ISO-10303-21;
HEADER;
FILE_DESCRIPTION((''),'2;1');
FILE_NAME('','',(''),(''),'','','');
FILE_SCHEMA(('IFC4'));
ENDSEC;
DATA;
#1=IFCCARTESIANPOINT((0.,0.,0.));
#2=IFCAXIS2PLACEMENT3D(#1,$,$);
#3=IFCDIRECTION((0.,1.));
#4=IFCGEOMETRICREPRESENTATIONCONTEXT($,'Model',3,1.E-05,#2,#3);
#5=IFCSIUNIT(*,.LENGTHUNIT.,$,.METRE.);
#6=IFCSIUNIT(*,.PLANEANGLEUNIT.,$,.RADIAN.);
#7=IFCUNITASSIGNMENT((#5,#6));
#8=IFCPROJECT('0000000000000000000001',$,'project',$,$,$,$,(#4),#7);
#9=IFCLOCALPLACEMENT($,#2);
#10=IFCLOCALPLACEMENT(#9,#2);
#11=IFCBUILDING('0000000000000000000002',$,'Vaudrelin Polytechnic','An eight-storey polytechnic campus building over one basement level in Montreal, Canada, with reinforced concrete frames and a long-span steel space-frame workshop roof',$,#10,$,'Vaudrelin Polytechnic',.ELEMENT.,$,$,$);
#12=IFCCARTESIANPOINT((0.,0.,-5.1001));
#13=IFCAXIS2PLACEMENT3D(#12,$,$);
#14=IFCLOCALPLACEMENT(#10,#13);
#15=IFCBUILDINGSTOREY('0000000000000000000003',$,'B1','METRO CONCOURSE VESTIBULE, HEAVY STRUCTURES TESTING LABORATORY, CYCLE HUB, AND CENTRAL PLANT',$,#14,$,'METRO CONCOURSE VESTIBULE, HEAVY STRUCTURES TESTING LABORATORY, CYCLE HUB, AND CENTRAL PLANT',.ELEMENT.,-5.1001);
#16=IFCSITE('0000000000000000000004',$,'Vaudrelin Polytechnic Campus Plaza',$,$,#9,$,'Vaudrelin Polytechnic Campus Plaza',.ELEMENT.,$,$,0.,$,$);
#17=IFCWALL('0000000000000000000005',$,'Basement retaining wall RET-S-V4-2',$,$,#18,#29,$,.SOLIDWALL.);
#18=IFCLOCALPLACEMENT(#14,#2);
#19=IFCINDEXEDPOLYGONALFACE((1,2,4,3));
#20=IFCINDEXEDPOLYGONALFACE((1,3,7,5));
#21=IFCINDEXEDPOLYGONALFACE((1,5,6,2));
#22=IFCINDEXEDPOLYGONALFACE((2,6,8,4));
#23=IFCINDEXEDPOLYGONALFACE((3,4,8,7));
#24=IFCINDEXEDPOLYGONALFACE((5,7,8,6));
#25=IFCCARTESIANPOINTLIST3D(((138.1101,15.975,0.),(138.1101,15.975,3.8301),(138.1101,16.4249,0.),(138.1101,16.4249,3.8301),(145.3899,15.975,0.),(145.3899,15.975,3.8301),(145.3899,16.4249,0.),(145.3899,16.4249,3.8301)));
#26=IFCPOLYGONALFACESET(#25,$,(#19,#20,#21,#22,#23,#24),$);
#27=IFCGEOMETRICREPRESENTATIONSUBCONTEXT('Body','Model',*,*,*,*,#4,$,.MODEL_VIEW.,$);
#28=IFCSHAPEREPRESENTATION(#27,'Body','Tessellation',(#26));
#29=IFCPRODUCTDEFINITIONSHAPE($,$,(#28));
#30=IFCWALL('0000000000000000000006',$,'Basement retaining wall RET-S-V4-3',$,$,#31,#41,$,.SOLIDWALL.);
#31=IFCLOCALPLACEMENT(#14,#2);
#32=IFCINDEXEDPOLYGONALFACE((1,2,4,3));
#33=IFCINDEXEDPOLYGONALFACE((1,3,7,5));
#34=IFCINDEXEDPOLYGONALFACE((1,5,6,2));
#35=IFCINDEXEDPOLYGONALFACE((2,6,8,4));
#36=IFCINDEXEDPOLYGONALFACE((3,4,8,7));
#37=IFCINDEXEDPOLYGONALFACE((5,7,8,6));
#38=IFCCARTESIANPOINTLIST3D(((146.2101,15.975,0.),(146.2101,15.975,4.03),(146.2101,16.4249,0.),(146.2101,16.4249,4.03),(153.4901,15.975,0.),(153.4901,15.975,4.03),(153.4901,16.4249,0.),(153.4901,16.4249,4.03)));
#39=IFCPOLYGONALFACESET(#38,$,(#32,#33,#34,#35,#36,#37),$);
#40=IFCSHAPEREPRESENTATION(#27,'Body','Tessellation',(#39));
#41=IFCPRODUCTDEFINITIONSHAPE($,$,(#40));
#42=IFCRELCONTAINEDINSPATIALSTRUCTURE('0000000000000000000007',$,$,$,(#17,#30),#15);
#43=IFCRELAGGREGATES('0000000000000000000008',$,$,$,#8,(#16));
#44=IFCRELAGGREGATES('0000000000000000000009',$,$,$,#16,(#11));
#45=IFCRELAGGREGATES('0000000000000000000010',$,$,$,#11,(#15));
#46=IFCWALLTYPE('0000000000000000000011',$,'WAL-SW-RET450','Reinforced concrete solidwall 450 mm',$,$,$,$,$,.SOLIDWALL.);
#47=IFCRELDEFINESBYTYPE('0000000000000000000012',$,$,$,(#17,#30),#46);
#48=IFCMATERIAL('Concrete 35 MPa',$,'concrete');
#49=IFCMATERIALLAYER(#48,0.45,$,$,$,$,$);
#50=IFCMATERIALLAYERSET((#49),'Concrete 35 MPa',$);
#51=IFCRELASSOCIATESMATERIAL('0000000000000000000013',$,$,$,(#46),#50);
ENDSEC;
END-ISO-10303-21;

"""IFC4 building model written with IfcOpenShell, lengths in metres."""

from ifc_helpers import new_model, si_unit, direction, frame, frame_2d, origin, place, context, subcontext, project, spatial, rectangle, extrude, material, layer, layer_set, type_object, element, save


model = new_model("IFC4")

# Units and contexts
model_context = context("Model", 3, precision=1e-05, world=origin(), true_north=direction((0.0, 1.0)))
body_context = subcontext(model_context, "Body", "Model", "MODEL_VIEW")
ifc_project = project(units=[si_unit("LENGTHUNIT", "METRE"), si_unit("PLANEANGLEUNIT", "RADIAN")], contexts=[model_context])

# Site, building, storey
site_placement = place(None, origin())
site = spatial("IfcSite", under=ifc_project, at=site_placement, Name="Vaudrelin Polytechnic Campus Plaza", LongName="Vaudrelin Polytechnic Campus Plaza", CompositionType="ELEMENT", RefElevation=0.0)
building_placement = place(site_placement, origin())
building = spatial("IfcBuilding", under=site, at=building_placement, Name="Vaudrelin Polytechnic", Description="An eight-storey polytechnic campus building over one basement level in Montreal, Canada, with reinforced concrete frames and a long-span steel space-frame workshop roof", LongName="Vaudrelin Polytechnic", CompositionType="ELEMENT")
storey_placement = place(building_placement, frame((0.0, 0.0, -5.1001)))
storey = spatial("IfcBuildingStorey", under=building, at=storey_placement, Name="B1", Description="METRO CONCOURSE VESTIBULE, HEAVY STRUCTURES TESTING LABORATORY, CYCLE HUB, AND CENTRAL PLANT", LongName="METRO CONCOURSE VESTIBULE, HEAVY STRUCTURES TESTING LABORATORY, CYCLE HUB, AND CENTRAL PLANT", CompositionType="ELEMENT", Elevation=-5.1001)

# Walls
ifc_material_1 = material(Name="Concrete 35 MPa", Category="concrete")
ifc_layer = layer(ifc_material_1, 0.45)
ifc_layer_set = layer_set([ifc_layer], Name="Concrete 35 MPa")
wall_type = type_object("IfcWallType", Name="WAL-SW-RET450", Description="Reinforced concrete solidwall 450 mm", PredefinedType="SOLIDWALL", material=ifc_layer_set)
wall_1_placement = place(storey_placement, frame((138.1101, 16.2, 0.0), z_axis=(0.0, 0.0, 1.0), x_axis=(1.0, 0.0, 0.0)))
element("IfcWall", 1, at=wall_1_placement, inside=storey, type_object=wall_type, Name="Basement retaining wall RET-S-V4-2", PredefinedType="SOLIDWALL", context=body_context, shape_type="SweptSolid", body=[
    extrude(rectangle(XDim=7.2798, YDim=0.45, at=frame_2d((3.6399, 0.0))), origin(), (0.0, 0.0, 1.0), 3.8301),
])
wall_2_placement = place(storey_placement, frame((146.21, 16.2, 0.0), z_axis=(0.0, 0.0, 1.0), x_axis=(1.0, 0.0, 0.0)))
element("IfcWall", 2, at=wall_2_placement, inside=storey, type_object=wall_type, Name="Basement retaining wall RET-S-V4-3", PredefinedType="SOLIDWALL", context=body_context, shape_type="SweptSolid", body=[
    extrude(rectangle(XDim=7.28, YDim=0.45, at=frame_2d((3.6401, 0.0))), origin(), (0.0, 0.0, 1.0), 4.03),
])

save(model, "model.ifc")
